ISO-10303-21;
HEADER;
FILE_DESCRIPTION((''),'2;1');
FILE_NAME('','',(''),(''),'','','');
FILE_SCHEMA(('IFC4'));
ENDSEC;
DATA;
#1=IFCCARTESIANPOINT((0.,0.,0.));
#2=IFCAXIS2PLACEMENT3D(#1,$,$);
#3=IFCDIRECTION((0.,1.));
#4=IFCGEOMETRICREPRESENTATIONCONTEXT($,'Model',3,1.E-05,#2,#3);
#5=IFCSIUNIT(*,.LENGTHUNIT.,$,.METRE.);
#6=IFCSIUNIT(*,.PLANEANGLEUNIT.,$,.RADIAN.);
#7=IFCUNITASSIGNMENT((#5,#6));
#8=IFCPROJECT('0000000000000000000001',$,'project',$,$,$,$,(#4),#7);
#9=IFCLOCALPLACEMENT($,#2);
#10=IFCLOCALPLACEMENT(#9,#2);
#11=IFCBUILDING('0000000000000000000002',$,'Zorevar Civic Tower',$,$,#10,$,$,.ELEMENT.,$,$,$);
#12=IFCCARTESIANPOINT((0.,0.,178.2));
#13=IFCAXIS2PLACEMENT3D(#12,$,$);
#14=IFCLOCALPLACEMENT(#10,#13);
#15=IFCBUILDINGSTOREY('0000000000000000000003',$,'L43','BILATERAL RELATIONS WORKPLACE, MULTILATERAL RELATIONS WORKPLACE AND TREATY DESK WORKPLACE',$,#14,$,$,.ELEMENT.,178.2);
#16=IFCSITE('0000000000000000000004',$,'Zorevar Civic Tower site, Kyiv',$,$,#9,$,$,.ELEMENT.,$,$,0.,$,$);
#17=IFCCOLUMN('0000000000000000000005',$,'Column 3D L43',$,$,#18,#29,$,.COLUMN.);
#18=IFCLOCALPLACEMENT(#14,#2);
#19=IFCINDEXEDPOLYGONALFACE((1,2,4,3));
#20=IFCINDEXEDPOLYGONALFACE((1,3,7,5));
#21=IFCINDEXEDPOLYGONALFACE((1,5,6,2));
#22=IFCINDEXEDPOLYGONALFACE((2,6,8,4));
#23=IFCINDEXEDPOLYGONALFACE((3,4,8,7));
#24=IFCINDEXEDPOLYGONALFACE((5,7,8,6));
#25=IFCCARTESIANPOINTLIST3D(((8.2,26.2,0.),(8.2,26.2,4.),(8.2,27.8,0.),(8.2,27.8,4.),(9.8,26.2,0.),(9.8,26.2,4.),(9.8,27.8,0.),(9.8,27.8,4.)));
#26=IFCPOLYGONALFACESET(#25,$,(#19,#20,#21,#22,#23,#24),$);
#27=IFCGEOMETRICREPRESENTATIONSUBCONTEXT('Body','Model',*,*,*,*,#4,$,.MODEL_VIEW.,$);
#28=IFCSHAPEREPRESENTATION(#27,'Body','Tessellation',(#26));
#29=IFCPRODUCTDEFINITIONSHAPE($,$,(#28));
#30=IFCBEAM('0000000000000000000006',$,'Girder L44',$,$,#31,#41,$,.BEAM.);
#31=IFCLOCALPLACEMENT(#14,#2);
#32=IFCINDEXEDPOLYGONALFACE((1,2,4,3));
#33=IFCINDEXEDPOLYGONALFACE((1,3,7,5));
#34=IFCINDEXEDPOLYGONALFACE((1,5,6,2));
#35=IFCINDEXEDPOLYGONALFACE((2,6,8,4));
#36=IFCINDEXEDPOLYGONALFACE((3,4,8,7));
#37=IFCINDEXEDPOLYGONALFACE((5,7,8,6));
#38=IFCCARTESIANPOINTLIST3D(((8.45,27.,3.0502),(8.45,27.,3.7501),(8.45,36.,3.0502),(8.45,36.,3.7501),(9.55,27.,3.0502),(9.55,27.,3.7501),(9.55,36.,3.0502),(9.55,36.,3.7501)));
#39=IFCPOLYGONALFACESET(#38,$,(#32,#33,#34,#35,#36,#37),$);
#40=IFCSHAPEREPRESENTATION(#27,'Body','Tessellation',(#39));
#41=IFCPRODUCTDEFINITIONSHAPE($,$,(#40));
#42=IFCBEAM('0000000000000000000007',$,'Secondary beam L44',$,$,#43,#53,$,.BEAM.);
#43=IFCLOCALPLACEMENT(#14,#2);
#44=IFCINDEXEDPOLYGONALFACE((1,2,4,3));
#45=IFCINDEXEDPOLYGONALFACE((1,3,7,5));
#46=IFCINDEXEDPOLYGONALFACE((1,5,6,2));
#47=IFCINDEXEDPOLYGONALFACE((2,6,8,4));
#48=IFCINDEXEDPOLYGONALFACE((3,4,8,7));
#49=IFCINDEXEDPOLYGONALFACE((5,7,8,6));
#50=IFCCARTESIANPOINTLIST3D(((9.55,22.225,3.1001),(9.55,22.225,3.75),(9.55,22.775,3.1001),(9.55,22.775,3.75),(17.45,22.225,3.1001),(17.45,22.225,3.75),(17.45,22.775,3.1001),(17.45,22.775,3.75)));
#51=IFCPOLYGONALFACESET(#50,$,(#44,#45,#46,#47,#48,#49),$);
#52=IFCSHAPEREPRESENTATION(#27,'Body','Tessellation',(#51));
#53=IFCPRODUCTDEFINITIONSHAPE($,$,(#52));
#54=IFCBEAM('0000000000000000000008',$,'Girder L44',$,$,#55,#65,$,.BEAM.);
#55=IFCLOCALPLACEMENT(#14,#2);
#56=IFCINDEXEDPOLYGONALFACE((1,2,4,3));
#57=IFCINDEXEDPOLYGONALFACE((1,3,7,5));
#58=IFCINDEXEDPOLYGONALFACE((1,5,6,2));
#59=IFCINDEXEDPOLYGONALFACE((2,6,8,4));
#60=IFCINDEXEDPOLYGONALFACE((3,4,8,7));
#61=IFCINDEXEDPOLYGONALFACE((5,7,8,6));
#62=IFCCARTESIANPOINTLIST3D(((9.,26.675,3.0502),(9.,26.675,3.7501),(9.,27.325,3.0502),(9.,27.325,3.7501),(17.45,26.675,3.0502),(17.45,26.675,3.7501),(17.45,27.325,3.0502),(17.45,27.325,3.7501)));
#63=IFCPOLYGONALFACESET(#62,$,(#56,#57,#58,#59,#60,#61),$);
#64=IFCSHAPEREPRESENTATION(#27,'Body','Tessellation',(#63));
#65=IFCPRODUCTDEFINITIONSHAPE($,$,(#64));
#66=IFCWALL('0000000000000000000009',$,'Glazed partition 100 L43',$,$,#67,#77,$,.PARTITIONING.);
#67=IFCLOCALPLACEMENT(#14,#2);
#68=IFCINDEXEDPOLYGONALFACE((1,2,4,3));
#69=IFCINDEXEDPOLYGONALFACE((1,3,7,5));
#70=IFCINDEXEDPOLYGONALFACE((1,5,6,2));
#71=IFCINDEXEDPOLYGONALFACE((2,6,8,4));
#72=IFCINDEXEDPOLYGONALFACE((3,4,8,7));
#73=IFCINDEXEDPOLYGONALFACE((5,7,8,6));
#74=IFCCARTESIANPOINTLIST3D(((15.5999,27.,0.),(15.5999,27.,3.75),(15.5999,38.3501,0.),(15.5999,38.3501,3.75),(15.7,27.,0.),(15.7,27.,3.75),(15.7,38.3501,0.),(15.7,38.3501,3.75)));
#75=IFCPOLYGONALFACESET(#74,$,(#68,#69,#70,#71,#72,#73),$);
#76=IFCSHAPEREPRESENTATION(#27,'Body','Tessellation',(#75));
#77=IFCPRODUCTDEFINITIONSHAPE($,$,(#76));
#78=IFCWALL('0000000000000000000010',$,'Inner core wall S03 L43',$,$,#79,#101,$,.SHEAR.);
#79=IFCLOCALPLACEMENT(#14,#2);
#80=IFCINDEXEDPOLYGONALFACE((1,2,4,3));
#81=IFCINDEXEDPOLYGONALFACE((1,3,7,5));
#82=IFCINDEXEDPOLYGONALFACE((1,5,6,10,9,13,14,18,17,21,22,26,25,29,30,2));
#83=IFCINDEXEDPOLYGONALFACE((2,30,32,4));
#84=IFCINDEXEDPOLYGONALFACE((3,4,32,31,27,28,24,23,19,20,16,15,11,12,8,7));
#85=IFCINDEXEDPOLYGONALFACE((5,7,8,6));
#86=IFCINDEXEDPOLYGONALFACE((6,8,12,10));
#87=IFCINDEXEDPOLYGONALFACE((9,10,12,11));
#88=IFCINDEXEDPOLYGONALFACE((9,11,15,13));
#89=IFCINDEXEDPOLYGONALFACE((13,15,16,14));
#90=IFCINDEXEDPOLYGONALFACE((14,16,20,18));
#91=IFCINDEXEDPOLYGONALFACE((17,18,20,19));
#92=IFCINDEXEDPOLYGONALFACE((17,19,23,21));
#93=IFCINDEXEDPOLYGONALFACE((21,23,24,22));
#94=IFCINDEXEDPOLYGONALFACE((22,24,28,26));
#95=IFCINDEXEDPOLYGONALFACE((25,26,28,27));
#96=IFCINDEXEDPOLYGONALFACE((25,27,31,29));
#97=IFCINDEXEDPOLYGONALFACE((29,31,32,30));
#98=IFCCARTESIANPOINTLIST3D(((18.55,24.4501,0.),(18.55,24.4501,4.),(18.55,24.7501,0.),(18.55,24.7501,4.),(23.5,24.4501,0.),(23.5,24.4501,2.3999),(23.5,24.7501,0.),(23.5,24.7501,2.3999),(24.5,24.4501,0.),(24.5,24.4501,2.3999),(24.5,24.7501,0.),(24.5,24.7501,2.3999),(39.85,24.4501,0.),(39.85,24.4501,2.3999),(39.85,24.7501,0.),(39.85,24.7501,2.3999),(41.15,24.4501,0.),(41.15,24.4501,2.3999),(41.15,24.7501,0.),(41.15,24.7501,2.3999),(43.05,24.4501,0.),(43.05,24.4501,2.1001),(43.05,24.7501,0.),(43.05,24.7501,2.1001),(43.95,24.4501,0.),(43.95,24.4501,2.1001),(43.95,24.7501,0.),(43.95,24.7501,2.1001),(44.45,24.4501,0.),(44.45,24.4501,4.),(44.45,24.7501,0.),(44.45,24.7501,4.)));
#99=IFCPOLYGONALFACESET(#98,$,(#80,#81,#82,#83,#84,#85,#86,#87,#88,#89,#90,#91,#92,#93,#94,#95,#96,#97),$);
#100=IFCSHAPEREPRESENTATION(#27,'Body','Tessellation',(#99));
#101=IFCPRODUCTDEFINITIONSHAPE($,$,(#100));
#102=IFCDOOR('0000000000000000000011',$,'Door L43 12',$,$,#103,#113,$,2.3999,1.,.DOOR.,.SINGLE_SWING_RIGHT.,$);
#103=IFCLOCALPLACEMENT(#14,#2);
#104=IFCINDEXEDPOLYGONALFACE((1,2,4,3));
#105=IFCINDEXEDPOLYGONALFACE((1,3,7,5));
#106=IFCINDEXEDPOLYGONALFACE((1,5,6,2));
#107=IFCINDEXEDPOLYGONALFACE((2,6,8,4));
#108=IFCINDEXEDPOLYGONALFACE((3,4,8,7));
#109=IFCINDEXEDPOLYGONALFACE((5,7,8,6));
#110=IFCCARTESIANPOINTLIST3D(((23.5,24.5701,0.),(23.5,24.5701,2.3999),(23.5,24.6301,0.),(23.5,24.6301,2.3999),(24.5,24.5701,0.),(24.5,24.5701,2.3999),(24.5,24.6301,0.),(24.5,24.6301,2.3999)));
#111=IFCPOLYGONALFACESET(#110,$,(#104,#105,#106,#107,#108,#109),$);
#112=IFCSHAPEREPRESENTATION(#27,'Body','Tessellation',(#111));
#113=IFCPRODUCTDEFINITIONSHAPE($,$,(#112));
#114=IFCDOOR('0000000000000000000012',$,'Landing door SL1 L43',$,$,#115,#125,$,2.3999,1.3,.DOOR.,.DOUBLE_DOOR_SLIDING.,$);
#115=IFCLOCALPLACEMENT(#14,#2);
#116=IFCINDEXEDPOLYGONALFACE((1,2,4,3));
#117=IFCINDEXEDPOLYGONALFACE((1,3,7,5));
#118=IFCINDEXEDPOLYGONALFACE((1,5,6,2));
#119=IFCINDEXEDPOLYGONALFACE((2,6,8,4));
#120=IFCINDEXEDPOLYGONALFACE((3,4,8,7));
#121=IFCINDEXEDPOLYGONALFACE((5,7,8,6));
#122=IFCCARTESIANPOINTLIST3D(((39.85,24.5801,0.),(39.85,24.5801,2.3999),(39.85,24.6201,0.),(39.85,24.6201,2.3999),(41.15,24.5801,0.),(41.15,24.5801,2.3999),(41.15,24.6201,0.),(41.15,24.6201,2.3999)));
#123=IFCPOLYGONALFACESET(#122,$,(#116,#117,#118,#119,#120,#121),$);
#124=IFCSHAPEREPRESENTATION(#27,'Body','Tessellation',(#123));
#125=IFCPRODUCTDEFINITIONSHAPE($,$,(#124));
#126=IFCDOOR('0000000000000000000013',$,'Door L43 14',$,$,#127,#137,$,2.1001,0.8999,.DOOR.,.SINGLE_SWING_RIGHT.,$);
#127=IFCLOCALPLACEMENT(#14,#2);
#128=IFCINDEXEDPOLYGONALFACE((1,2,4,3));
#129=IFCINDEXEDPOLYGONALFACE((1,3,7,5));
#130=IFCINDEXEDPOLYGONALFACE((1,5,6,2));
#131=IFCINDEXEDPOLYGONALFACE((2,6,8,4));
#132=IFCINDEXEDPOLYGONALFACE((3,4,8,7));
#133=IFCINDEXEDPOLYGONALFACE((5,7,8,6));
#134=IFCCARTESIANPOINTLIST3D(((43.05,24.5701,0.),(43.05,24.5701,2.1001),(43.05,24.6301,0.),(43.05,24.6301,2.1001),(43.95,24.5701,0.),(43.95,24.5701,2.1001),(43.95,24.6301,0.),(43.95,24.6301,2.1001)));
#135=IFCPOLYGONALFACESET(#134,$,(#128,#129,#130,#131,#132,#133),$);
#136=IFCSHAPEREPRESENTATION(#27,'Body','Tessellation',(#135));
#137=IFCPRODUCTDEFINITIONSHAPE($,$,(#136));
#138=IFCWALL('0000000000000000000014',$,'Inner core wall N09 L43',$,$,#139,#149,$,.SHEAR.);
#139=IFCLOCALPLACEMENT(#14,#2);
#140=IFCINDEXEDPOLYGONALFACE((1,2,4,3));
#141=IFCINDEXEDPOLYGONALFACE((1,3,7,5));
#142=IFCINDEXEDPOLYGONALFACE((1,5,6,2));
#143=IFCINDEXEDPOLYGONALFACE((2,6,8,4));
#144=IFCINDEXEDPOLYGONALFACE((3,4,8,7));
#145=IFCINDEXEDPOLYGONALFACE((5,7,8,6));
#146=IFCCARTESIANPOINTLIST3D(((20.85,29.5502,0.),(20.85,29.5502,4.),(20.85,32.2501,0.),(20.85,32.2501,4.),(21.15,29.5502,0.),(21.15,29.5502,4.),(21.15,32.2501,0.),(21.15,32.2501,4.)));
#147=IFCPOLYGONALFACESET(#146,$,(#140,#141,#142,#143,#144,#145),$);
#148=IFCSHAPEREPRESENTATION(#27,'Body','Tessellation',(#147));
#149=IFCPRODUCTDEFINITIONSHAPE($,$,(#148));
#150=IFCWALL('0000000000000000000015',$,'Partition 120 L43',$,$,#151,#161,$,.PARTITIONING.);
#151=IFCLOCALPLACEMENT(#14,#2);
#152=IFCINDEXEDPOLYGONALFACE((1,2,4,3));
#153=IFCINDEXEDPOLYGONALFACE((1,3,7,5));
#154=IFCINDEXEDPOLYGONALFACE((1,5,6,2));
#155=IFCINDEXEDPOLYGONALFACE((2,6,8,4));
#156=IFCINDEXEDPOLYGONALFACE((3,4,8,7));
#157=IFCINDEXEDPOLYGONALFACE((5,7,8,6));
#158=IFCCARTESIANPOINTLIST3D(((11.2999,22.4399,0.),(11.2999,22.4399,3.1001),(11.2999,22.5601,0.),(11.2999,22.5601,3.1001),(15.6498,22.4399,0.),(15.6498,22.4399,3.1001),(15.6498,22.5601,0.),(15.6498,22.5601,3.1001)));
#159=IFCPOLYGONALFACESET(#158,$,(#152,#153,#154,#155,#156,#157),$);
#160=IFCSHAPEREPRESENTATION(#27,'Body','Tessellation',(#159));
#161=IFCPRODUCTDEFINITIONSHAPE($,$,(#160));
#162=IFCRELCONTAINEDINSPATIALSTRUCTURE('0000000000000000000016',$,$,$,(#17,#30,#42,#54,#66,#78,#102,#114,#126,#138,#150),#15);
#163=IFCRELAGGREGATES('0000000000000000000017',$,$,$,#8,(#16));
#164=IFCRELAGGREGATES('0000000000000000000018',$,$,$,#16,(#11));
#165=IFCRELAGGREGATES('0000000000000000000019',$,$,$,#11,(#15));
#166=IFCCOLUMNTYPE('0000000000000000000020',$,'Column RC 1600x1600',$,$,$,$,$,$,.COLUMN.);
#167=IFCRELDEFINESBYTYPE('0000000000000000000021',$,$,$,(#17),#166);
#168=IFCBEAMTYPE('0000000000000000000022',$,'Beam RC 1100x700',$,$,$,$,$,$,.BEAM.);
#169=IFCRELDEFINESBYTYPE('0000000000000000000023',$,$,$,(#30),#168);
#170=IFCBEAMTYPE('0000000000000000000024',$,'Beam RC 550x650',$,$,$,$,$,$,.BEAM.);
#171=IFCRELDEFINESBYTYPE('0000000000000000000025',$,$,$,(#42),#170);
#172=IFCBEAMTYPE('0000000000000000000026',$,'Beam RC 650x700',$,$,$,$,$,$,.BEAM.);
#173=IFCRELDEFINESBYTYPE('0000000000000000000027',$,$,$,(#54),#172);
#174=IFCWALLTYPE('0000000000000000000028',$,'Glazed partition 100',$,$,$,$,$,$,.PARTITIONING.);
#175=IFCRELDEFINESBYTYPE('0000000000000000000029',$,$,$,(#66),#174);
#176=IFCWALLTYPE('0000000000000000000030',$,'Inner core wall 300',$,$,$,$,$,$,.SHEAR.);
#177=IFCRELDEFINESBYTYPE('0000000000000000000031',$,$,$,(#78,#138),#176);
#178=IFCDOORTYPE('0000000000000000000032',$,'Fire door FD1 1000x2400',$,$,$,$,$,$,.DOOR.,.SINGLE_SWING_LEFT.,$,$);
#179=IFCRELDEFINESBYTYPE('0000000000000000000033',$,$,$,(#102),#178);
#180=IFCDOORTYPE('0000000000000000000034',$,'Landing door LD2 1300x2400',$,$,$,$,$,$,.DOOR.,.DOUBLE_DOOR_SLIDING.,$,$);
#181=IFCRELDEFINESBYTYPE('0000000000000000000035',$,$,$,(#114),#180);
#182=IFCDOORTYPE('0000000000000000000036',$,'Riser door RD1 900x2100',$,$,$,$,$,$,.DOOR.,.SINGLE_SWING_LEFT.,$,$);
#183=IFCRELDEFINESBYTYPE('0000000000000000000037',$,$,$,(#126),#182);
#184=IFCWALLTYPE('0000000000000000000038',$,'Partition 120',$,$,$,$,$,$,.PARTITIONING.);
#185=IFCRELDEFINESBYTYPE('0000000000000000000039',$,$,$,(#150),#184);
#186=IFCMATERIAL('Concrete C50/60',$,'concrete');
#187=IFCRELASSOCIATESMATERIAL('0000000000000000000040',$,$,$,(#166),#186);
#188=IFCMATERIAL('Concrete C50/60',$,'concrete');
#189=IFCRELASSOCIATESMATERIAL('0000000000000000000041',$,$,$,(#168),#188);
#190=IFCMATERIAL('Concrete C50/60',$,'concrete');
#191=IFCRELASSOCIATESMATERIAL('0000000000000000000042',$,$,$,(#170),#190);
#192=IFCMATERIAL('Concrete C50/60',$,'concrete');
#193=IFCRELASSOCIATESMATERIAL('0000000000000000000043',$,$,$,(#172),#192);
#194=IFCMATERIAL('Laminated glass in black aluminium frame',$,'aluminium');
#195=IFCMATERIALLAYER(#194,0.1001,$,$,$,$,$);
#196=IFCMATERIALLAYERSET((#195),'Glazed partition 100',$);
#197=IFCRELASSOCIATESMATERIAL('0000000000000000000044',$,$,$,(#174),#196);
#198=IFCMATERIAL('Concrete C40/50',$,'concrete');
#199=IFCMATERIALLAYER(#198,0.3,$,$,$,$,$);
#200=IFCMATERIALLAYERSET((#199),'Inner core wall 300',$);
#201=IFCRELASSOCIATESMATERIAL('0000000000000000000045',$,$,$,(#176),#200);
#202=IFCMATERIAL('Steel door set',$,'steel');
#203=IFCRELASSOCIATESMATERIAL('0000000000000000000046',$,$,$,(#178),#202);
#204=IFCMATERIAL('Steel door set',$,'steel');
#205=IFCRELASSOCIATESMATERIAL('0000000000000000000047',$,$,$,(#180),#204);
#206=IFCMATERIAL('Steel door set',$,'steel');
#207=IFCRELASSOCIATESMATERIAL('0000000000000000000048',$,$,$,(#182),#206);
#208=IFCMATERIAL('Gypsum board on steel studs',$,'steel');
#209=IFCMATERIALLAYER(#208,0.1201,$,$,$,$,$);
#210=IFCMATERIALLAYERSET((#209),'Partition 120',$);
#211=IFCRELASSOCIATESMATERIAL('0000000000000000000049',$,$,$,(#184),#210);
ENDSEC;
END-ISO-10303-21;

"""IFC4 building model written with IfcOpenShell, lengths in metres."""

from ifc_helpers import new_model, si_unit, direction, frame, frame_2d, origin, origin_2d, place, context, subcontext, project, spatial, rectangle, extrude, material, layer, layer_set, material_profile, profile_set, type_object, element, fill, save


model = new_model("IFC4")

# Units and contexts
model_context = context("Model", 3, precision=1e-05, world=origin(), true_north=direction((0.0, 1.0)))
body_context = subcontext(model_context, "Body", "Model", "MODEL_VIEW")
ifc_project = project(units=[si_unit("LENGTHUNIT", "METRE"), si_unit("PLANEANGLEUNIT", "RADIAN")], contexts=[model_context])

# Site, building, storey
site_placement = place(None, origin())
site = spatial("IfcSite", under=ifc_project, at=site_placement, Name="Zorevar Civic Tower site, Kyiv", CompositionType="ELEMENT", RefElevation=0.0)
building_placement = place(site_placement, origin())
building = spatial("IfcBuilding", under=site, at=building_placement, Name="Zorevar Civic Tower", CompositionType="ELEMENT")
storey_placement = place(building_placement, frame((0.0, 0.0, 178.2)))
storey = spatial("IfcBuildingStorey", under=building, at=storey_placement, Name="L43", Description="BILATERAL RELATIONS WORKPLACE, MULTILATERAL RELATIONS WORKPLACE AND TREATY DESK WORKPLACE", CompositionType="ELEMENT", Elevation=178.2)

# Column
ifc_material_1 = material(Name="Concrete C50/60", Category="concrete")
ifc_material_profile_1 = material_profile(ifc_material_1, rectangle(XDim=1.6001, YDim=1.6001, at=origin_2d()), Name="RC 1600x1600")
ifc_profile_set_1 = profile_set([ifc_material_profile_1], Name="Concrete C50/60")
column_type = type_object("IfcColumnType", Name="Column RC 1600x1600", PredefinedType="COLUMN", material=ifc_profile_set_1)
column_placement = place(storey_placement, frame((9.0, 27.0, 0.0), z_axis=(0.0, 0.0, 1.0), x_axis=(1.0, 0.0, 0.0)))
element("IfcColumn", 1, at=column_placement, inside=storey, type_object=column_type, Name="Column 3D L43", PredefinedType="COLUMN", context=body_context, shape_type="SweptSolid", body=[
    extrude(rectangle(XDim=1.6001, YDim=1.6001, at=origin_2d()), origin(), (0.0, 0.0, 1.0), 4.0),
])

# Beams
ifc_material_2 = material(Name="Concrete C50/60", Category="concrete")
ifc_material_profile_2 = material_profile(ifc_material_2, rectangle(XDim=1.1001, YDim=0.7, at=origin_2d()), Name="RC 1100x700")
ifc_profile_set_2 = profile_set([ifc_material_profile_2], Name="Concrete C50/60")
beam_type_1 = type_object("IfcBeamType", Name="Beam RC 1100x700", PredefinedType="BEAM", material=ifc_profile_set_2)
beam_1_placement = place(storey_placement, frame((9.0, 27.0, 3.4001), z_axis=(0.0, 1.0, 0.0), x_axis=(-1.0, 0.0, 0.0)))
element("IfcBeam", 2, at=beam_1_placement, inside=storey, type_object=beam_type_1, Name="Girder L44", PredefinedType="BEAM", context=body_context, shape_type="SweptSolid", body=[
    extrude(rectangle(XDim=1.1001, YDim=0.7, at=origin_2d()), origin(), (0.0, 0.0, 1.0), 9.0),
])
ifc_material_3 = material(Name="Concrete C50/60", Category="concrete")
ifc_material_profile_3 = material_profile(ifc_material_3, rectangle(XDim=0.55, YDim=0.6499, at=origin_2d()), Name="RC 550x650")
ifc_profile_set_3 = profile_set([ifc_material_profile_3], Name="Concrete C50/60")
beam_type_2 = type_object("IfcBeamType", Name="Beam RC 550x650", PredefinedType="BEAM", material=ifc_profile_set_3)
beam_2_placement = place(storey_placement, frame((9.55, 22.5, 3.425), z_axis=(1.0, 0.0, 0.0), x_axis=(0.0, 1.0, 0.0)))
element("IfcBeam", 3, at=beam_2_placement, inside=storey, type_object=beam_type_2, Name="Secondary beam L44", PredefinedType="BEAM", context=body_context, shape_type="SweptSolid", body=[
    extrude(rectangle(XDim=0.55, YDim=0.6499, at=origin_2d()), origin(), (0.0, 0.0, 1.0), 7.8999),
])
ifc_material_4 = material(Name="Concrete C50/60", Category="concrete")
ifc_material_profile_4 = material_profile(ifc_material_4, rectangle(XDim=0.6499, YDim=0.7, at=origin_2d()), Name="RC 650x700")
ifc_profile_set_4 = profile_set([ifc_material_profile_4], Name="Concrete C50/60")
beam_type_3 = type_object("IfcBeamType", Name="Beam RC 650x700", PredefinedType="BEAM", material=ifc_profile_set_4)
beam_3_placement = place(storey_placement, frame((9.0, 27.0, 3.4001), z_axis=(1.0, 0.0, 0.0), x_axis=(0.0, 1.0, 0.0)))
element("IfcBeam", 4, at=beam_3_placement, inside=storey, type_object=beam_type_3, Name="Girder L44", PredefinedType="BEAM", context=body_context, shape_type="SweptSolid", body=[
    extrude(rectangle(XDim=0.6499, YDim=0.7, at=origin_2d()), origin(), (0.0, 0.0, 1.0), 8.45),
])

# Wall
ifc_material_5 = material(Name="Laminated glass in black aluminium frame", Category="aluminium")
ifc_layer_1 = layer(ifc_material_5, 0.1001)
ifc_layer_set_1 = layer_set([ifc_layer_1], Name="Glazed partition 100")
wall_type_1 = type_object("IfcWallType", Name="Glazed partition 100", PredefinedType="PARTITIONING", material=ifc_layer_set_1)
wall_1_placement = place(storey_placement, frame((15.6499, 27.0, 0.0), z_axis=(0.0, 0.0, 1.0), x_axis=(0.0, 1.0, 0.0)))
element("IfcWall", 5, at=wall_1_placement, inside=storey, type_object=wall_type_1, Name="Glazed partition 100 L43", PredefinedType="PARTITIONING", context=body_context, shape_type="SweptSolid", body=[
    extrude(rectangle(XDim=11.3501, YDim=0.1001, at=frame_2d((5.675, 0.0))), origin(), (0.0, 0.0, 1.0), 3.75),
])

# Wall, openings, doors
ifc_material_6 = material(Name="Concrete C40/50", Category="concrete")
ifc_layer_2 = layer(ifc_material_6, 0.3)
ifc_layer_set_2 = layer_set([ifc_layer_2], Name="Inner core wall 300")
wall_type_2 = type_object("IfcWallType", Name="Inner core wall 300", PredefinedType="SHEAR", material=ifc_layer_set_2)
wall_2_placement = place(storey_placement, frame((18.55, 24.6001, 0.0), z_axis=(0.0, 0.0, 1.0), x_axis=(1.0, 0.0, 0.0)))
wall_2 = element("IfcWall", 6, at=wall_2_placement, inside=storey, type_object=wall_type_2, Name="Inner core wall S03 L43", PredefinedType="SHEAR", context=body_context, shape_type="SweptSolid", body=[
    extrude(rectangle(XDim=25.8999, YDim=0.3, at=frame_2d((12.95, 0.0))), origin(), (0.0, 0.0, 1.0), 4.0),
])
opening_1_placement = place(wall_2_placement, frame((4.95, 0.0, 0.0)))
opening_1 = element("IfcOpeningElement", 7, at=opening_1_placement, cuts=wall_2, PredefinedType="OPENING", context=body_context, shape_type="SweptSolid", body=[
    extrude(rectangle(XDim=1.0, YDim=2.3999, at=frame_2d((0.5, 1.2))), frame((0.0, 0.1599, 0.0), z_axis=(0.0, -1.0, 0.0), x_axis=(1.0, 0.0, 0.0)), (0.0, 0.0, 1.0), 0.3201),
])
opening_2_placement = place(wall_2_placement, frame((24.5, 0.0, 0.0)))
opening_2 = element("IfcOpeningElement", 8, at=opening_2_placement, cuts=wall_2, PredefinedType="OPENING", context=body_context, shape_type="SweptSolid", body=[
    extrude(rectangle(XDim=0.8999, YDim=2.1001, at=frame_2d((0.45, 1.05))), frame((0.0, 0.1599, 0.0), z_axis=(0.0, -1.0, 0.0), x_axis=(1.0, 0.0, 0.0)), (0.0, 0.0, 1.0), 0.3201),
])
opening_3_placement = place(wall_2_placement, frame((21.3, 0.0, 0.0)))
opening_3 = element("IfcOpeningElement", 9, at=opening_3_placement, cuts=wall_2, PredefinedType="OPENING", context=body_context, shape_type="SweptSolid", body=[
    extrude(rectangle(XDim=1.3, YDim=2.3999, at=frame_2d((0.6499, 1.2))), frame((0.0, 0.1599, 0.0), z_axis=(0.0, -1.0, 0.0), x_axis=(1.0, 0.0, 0.0)), (0.0, 0.0, 1.0), 0.3201),
])
ifc_material_7 = material(Name="Steel door set", Category="steel")
door_type_1 = type_object("IfcDoorType", Name="Fire door FD1 1000x2400", OperationType="SINGLE_SWING_LEFT", PredefinedType="DOOR", material=ifc_material_7)
door_1_placement = place(opening_1_placement, origin())
door_1 = element("IfcDoor", 10, at=door_1_placement, inside=storey, type_object=door_type_1, Name="Door L43 12", OperationType="SINGLE_SWING_RIGHT", OverallHeight=2.3999, OverallWidth=1.0, PredefinedType="DOOR", context=body_context, shape_type="SweptSolid", body=[
    extrude(rectangle(XDim=1.0, YDim=2.3999, at=frame_2d((0.5, 1.2))), frame((0.0, 0.03, 0.0), z_axis=(0.0, -1.0, 0.0), x_axis=(1.0, 0.0, 0.0)), (0.0, 0.0, 1.0), 0.0601),
])
fill(opening_1, door_1)
ifc_material_8 = material(Name="Steel door set", Category="steel")
door_type_2 = type_object("IfcDoorType", Name="Landing door LD2 1300x2400", OperationType="DOUBLE_DOOR_SLIDING", PredefinedType="DOOR", material=ifc_material_8)
door_2_placement = place(opening_3_placement, origin())
door_2 = element("IfcDoor", 11, at=door_2_placement, inside=storey, type_object=door_type_2, Name="Landing door SL1 L43", OperationType="DOUBLE_DOOR_SLIDING", OverallHeight=2.3999, OverallWidth=1.3, PredefinedType="DOOR", context=body_context, shape_type="SweptSolid", body=[
    extrude(rectangle(XDim=1.3, YDim=2.3999, at=frame_2d((0.6499, 1.2))), frame((0.0, 0.02, 0.0), z_axis=(0.0, -1.0, 0.0), x_axis=(1.0, 0.0, 0.0)), (0.0, 0.0, 1.0), 0.04),
])
fill(opening_3, door_2)
ifc_material_9 = material(Name="Steel door set", Category="steel")
door_type_3 = type_object("IfcDoorType", Name="Riser door RD1 900x2100", OperationType="SINGLE_SWING_LEFT", PredefinedType="DOOR", material=ifc_material_9)
door_3_placement = place(opening_2_placement, origin())
door_3 = element("IfcDoor", 12, at=door_3_placement, inside=storey, type_object=door_type_3, Name="Door L43 14", OperationType="SINGLE_SWING_RIGHT", OverallHeight=2.1001, OverallWidth=0.8999, PredefinedType="DOOR", context=body_context, shape_type="SweptSolid", body=[
    extrude(rectangle(XDim=0.8999, YDim=2.1001, at=frame_2d((0.45, 1.05))), frame((0.0, 0.03, 0.0), z_axis=(0.0, -1.0, 0.0), x_axis=(1.0, 0.0, 0.0)), (0.0, 0.0, 1.0), 0.0601),
])
fill(opening_2, door_3)

# Walls
wall_3_placement = place(storey_placement, frame((21.0, 29.55, 0.0), z_axis=(0.0, 0.0, 1.0), x_axis=(0.0, 1.0, 0.0)))
element("IfcWall", 13, at=wall_3_placement, inside=storey, type_object=wall_type_2, Name="Inner core wall N09 L43", PredefinedType="SHEAR", context=body_context, shape_type="SweptSolid", body=[
    extrude(rectangle(XDim=2.7, YDim=0.3, at=frame_2d((1.3501, 0.0))), origin(), (0.0, 0.0, 1.0), 4.0),
])
ifc_material_10 = material(Name="Gypsum board on steel studs", Category="steel")
ifc_layer_3 = layer(ifc_material_10, 0.1201)
ifc_layer_set_3 = layer_set([ifc_layer_3], Name="Partition 120")
wall_type_3 = type_object("IfcWallType", Name="Partition 120", PredefinedType="PARTITIONING", material=ifc_layer_set_3)
wall_4_placement = place(storey_placement, frame((11.3, 22.5, 0.0), z_axis=(0.0, 0.0, 1.0), x_axis=(1.0, 0.0, 0.0)))
element("IfcWall", 14, at=wall_4_placement, inside=storey, type_object=wall_type_3, Name="Partition 120 L43", PredefinedType="PARTITIONING", context=body_context, shape_type="SweptSolid", body=[
    extrude(rectangle(XDim=4.3499, YDim=0.1201, at=frame_2d((2.1748, 0.0))), origin(), (0.0, 0.0, 1.0), 3.1001),
])

save(model, "model.ifc")
